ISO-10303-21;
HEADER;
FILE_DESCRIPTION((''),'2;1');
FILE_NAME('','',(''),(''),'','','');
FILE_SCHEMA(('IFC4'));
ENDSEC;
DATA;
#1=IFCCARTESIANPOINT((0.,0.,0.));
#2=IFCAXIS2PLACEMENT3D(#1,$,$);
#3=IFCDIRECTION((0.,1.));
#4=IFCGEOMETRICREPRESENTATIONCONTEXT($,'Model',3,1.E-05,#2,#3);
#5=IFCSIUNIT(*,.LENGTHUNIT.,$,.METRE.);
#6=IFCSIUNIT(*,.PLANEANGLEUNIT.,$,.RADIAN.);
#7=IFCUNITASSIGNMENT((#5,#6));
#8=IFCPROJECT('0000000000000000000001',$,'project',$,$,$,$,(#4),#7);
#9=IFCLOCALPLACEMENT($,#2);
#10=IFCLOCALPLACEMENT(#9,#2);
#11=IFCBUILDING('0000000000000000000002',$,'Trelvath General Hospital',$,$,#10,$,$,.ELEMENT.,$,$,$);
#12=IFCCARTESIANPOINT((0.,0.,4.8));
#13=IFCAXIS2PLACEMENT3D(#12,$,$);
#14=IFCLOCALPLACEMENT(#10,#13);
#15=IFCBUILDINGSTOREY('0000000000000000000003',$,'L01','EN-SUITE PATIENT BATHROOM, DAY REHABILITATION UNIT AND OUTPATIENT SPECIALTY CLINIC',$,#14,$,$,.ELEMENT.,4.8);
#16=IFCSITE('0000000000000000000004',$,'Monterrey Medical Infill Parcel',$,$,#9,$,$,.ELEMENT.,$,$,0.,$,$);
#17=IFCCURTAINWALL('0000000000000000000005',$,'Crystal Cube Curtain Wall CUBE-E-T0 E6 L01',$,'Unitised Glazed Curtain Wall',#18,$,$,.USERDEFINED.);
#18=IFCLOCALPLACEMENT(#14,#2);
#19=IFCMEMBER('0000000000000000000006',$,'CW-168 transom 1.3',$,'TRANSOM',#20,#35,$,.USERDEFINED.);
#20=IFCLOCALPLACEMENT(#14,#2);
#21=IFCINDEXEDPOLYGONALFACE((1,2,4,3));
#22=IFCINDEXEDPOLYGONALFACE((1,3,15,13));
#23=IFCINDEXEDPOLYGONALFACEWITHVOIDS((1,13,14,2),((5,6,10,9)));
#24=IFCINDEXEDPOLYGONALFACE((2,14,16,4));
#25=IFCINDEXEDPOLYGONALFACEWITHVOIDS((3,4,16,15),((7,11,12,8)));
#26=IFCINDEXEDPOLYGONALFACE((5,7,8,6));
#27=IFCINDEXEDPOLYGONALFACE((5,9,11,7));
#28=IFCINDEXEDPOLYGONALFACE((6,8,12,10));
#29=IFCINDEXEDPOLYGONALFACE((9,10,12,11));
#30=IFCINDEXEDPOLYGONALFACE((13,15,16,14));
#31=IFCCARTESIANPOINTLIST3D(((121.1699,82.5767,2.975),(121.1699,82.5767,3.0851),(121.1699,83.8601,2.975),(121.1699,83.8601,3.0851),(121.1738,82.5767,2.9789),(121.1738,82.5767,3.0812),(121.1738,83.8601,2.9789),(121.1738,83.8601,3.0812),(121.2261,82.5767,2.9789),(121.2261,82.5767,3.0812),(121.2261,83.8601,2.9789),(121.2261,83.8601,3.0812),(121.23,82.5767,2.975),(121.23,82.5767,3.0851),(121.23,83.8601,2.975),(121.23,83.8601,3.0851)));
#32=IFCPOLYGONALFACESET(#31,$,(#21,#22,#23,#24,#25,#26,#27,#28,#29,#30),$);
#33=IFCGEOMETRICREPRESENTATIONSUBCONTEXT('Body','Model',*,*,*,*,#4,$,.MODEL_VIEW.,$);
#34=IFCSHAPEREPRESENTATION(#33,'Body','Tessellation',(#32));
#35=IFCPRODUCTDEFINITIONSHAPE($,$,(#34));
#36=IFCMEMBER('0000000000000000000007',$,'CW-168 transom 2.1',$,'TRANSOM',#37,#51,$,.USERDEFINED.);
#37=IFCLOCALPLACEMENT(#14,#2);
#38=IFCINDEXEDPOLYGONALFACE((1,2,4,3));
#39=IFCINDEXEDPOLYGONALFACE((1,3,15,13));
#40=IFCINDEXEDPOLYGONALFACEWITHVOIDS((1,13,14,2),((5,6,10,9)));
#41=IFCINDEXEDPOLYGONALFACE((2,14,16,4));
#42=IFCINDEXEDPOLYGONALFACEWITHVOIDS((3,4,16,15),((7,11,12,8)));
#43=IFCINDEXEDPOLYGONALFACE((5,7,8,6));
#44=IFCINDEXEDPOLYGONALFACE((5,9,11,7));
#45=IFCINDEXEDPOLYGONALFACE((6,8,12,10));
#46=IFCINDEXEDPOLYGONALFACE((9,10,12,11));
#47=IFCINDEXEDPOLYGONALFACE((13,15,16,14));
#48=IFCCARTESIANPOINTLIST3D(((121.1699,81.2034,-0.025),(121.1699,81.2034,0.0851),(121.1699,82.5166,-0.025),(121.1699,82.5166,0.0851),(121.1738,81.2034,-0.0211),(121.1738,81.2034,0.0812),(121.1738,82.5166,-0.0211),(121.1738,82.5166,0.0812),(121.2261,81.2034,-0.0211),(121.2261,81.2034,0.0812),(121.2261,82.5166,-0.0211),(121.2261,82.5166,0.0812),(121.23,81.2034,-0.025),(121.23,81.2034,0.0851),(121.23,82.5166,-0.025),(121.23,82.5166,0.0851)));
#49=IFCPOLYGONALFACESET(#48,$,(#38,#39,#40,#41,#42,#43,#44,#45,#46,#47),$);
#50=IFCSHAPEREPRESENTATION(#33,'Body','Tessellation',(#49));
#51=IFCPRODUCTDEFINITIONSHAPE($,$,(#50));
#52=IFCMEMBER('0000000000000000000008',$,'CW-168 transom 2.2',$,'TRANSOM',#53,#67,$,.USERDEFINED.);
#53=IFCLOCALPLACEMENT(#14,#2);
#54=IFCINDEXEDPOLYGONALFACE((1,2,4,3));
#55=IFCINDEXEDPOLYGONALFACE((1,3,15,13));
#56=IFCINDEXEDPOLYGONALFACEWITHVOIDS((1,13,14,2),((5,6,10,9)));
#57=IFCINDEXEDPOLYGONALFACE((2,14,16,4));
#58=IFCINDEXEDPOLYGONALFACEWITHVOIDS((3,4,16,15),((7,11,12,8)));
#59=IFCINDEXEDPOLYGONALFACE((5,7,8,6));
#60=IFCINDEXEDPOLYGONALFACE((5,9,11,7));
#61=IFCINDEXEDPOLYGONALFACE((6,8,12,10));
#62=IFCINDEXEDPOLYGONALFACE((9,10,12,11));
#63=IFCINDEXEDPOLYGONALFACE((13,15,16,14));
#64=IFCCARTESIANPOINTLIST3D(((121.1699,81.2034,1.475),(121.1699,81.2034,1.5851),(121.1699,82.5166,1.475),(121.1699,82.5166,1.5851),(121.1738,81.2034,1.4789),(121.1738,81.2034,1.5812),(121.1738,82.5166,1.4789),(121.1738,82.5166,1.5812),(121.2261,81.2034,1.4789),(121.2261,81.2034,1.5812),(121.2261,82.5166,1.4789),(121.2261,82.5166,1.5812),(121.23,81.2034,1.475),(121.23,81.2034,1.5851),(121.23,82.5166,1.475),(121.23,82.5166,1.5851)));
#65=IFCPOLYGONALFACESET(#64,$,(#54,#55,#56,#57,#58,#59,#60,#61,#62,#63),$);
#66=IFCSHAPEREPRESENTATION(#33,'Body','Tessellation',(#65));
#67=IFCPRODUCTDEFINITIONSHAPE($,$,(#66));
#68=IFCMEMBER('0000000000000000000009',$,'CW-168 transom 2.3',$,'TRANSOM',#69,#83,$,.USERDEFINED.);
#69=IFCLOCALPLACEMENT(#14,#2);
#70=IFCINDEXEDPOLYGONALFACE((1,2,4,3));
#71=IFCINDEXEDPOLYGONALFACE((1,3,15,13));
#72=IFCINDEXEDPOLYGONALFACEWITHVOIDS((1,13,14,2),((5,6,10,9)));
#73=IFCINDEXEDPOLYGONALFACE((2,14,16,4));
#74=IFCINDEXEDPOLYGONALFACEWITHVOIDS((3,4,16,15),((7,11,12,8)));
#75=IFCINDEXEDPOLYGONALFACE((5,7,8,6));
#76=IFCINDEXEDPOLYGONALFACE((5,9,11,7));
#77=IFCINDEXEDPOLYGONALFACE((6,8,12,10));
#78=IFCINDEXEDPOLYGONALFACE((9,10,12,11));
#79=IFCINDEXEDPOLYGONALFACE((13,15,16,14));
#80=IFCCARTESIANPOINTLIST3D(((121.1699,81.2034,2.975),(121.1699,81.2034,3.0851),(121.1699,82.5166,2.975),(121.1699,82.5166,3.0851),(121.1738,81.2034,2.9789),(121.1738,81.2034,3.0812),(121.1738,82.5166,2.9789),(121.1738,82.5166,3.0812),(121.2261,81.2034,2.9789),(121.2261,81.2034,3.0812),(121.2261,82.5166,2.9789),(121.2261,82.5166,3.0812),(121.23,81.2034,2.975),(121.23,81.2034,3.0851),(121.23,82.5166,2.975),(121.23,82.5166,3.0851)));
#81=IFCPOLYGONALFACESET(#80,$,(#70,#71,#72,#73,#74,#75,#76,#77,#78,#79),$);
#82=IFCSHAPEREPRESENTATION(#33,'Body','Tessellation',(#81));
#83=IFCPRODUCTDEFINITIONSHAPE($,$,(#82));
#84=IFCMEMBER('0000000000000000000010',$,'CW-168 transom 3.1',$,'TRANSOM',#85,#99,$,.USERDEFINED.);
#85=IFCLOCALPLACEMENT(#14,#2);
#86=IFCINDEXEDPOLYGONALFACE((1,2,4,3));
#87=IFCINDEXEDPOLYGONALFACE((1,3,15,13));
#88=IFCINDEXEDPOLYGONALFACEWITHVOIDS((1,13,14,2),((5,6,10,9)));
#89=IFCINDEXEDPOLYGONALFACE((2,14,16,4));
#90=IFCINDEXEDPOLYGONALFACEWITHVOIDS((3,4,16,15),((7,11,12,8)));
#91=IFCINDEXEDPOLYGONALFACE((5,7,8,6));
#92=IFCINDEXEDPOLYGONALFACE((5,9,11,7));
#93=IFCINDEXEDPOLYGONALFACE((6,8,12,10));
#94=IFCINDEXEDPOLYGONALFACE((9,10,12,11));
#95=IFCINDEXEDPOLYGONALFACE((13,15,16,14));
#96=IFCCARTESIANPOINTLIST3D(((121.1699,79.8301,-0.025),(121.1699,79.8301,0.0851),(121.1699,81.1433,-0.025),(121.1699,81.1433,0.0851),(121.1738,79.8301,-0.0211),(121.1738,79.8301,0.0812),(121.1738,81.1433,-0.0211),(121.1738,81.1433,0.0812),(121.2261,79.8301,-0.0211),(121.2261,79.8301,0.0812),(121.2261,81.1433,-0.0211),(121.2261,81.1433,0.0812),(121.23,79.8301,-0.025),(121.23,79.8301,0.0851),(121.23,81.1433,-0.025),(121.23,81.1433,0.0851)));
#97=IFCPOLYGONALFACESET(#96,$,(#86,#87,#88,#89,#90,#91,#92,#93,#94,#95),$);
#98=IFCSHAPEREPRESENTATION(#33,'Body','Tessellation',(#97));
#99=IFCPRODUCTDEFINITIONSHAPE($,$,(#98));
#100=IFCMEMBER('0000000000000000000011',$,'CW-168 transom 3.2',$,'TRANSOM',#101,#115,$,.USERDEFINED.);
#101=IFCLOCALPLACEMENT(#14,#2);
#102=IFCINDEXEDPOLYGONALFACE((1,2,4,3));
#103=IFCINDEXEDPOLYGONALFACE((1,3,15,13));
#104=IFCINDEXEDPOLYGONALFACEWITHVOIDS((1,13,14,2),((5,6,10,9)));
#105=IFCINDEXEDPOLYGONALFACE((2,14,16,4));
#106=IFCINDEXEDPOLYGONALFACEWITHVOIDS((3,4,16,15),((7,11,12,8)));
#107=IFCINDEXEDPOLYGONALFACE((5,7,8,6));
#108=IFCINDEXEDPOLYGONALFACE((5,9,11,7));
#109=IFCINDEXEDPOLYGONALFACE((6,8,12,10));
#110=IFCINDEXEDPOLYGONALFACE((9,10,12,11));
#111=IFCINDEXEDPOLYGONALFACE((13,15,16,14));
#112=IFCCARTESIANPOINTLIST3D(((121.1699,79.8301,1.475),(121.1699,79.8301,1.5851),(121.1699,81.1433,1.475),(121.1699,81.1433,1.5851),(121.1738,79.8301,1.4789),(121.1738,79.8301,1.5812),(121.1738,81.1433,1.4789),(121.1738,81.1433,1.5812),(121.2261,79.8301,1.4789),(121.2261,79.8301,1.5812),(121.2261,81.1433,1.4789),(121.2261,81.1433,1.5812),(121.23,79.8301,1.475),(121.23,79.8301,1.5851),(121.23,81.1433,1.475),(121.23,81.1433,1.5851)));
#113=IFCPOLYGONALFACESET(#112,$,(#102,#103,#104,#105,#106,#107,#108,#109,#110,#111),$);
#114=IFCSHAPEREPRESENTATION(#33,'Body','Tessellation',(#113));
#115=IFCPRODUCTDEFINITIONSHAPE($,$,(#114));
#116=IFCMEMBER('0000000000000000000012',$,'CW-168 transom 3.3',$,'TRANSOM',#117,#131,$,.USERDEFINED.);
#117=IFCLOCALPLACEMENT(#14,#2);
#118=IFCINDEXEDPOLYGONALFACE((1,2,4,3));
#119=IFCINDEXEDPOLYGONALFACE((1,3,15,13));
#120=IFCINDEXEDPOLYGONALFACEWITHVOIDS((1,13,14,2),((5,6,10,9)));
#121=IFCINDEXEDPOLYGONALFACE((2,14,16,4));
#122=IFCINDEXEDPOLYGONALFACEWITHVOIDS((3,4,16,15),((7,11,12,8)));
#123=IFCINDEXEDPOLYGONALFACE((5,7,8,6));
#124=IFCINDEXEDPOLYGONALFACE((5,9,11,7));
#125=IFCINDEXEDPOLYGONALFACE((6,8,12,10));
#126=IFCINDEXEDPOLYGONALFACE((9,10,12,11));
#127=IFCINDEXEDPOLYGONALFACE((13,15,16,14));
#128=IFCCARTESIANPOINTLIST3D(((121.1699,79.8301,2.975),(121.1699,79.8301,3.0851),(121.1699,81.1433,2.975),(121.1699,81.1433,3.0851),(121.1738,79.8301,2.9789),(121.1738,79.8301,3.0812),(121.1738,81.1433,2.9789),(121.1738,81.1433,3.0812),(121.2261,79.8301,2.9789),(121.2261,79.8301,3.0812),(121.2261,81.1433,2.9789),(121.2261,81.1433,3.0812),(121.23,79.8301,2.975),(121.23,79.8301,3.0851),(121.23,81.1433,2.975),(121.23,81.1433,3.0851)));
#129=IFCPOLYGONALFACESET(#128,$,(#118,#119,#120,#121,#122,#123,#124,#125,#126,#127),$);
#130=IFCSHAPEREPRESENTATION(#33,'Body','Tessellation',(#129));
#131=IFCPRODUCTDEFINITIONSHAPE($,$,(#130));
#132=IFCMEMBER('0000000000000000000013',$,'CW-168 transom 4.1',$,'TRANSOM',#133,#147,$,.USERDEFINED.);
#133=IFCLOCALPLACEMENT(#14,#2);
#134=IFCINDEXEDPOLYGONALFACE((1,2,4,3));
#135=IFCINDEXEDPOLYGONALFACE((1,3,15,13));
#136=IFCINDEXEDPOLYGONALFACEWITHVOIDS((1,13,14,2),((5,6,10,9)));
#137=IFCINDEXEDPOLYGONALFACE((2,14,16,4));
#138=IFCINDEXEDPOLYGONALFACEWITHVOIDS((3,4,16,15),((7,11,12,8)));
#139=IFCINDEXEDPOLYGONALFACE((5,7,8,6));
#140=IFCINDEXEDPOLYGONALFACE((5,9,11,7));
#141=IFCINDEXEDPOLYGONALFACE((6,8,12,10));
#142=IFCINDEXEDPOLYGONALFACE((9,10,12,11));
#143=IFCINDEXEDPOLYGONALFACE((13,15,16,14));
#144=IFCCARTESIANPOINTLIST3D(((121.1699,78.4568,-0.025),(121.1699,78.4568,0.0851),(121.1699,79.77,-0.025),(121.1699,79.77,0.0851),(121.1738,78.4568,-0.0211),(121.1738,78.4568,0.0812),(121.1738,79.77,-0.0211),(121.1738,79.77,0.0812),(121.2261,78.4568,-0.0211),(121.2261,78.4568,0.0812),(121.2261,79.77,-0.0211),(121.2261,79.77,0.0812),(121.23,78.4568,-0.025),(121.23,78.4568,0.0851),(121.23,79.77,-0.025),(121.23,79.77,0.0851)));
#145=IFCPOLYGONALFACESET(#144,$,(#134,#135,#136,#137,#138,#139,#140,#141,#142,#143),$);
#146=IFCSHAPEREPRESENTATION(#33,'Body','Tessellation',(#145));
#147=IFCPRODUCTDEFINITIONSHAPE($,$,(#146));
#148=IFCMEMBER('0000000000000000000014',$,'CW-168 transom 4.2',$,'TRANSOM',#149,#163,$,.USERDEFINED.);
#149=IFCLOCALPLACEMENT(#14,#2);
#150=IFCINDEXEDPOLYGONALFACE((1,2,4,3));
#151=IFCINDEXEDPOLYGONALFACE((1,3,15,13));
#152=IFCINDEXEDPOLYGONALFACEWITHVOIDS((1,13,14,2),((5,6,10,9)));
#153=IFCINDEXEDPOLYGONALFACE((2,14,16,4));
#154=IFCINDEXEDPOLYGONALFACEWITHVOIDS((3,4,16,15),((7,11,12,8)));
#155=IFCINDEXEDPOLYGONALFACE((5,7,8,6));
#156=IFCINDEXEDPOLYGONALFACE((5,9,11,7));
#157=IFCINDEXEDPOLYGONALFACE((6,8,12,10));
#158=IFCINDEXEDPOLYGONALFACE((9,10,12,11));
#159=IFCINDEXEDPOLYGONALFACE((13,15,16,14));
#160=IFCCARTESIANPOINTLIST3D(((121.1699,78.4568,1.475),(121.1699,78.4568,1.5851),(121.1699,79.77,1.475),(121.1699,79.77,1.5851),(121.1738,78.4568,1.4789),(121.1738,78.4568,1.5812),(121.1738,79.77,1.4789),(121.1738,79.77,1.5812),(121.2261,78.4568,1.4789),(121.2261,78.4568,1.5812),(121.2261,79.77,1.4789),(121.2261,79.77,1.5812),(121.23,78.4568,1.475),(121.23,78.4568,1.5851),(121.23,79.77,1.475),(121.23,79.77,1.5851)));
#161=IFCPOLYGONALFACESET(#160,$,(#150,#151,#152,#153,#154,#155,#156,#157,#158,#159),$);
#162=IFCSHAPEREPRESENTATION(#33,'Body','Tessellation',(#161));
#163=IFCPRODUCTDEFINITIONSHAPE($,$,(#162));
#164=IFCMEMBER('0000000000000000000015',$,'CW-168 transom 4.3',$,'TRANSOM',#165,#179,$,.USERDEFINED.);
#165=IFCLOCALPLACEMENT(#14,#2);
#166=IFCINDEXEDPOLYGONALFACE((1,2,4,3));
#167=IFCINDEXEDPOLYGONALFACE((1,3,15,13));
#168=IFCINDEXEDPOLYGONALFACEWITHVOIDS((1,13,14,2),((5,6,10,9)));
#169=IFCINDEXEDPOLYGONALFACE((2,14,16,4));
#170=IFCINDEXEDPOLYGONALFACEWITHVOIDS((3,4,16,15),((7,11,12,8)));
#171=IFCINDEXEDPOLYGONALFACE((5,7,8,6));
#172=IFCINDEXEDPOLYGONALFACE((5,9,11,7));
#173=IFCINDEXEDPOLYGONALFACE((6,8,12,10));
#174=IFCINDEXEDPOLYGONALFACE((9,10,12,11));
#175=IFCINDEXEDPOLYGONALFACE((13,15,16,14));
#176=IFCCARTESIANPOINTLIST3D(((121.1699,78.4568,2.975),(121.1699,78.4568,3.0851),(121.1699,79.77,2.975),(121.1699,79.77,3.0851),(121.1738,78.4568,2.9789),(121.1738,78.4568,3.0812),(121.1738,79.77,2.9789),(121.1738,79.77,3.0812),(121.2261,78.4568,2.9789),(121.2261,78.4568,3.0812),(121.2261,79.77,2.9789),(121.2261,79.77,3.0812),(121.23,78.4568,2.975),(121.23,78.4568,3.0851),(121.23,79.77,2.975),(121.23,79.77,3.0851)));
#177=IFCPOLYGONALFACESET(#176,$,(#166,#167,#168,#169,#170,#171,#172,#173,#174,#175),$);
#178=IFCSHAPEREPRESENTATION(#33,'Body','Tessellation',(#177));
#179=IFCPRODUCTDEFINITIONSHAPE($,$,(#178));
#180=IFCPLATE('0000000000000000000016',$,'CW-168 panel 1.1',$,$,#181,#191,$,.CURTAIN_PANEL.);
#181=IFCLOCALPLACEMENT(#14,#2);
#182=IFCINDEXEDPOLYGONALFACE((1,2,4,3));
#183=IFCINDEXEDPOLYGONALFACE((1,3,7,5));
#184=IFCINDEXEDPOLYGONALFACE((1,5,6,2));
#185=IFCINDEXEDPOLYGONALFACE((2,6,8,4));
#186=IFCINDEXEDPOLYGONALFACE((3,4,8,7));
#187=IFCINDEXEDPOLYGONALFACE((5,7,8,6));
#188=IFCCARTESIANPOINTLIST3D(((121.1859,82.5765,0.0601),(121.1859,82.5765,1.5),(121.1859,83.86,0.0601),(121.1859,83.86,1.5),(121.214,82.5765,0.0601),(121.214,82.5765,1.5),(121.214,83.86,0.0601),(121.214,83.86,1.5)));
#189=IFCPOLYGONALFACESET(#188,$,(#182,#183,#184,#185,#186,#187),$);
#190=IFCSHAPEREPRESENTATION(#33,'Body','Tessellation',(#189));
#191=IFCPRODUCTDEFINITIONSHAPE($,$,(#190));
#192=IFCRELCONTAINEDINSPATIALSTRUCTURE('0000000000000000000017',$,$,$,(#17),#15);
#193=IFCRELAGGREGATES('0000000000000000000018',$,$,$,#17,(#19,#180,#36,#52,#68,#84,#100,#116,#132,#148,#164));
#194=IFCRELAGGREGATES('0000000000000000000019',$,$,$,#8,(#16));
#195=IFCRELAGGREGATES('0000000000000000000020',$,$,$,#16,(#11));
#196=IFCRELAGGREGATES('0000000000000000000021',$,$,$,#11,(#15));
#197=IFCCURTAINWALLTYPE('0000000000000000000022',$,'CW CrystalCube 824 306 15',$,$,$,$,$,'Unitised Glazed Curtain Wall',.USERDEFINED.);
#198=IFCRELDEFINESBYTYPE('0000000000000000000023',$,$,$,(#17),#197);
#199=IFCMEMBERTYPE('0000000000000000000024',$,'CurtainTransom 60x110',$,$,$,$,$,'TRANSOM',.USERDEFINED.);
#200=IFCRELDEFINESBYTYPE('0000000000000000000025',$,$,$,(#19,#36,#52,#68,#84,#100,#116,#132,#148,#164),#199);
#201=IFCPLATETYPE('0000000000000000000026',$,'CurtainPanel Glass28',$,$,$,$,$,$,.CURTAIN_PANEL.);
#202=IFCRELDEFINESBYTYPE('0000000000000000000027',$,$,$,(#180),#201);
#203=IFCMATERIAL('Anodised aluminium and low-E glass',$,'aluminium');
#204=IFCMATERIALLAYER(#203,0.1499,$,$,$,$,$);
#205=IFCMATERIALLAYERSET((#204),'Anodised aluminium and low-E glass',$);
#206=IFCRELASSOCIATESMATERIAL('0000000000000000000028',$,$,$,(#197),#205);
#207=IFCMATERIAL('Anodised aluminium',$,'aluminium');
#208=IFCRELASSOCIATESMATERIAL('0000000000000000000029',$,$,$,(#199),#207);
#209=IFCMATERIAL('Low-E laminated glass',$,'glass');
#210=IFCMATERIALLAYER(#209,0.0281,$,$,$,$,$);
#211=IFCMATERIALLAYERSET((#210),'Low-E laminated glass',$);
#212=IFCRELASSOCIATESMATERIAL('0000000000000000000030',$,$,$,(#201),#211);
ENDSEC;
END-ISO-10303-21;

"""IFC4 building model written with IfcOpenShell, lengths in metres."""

from ifc_helpers import new_model, si_unit, direction, frame, origin, origin_2d, place, context, subcontext, project, spatial, rectangle, hollow_rectangle, extrude, material, layer, layer_set, material_profile, profile_set, type_object, element, aggregate, save


model = new_model("IFC4")

# Units and contexts
model_context = context("Model", 3, precision=1e-05, world=origin(), true_north=direction((0.0, 1.0)))
body_context = subcontext(model_context, "Body", "Model", "MODEL_VIEW")
ifc_project = project(units=[si_unit("LENGTHUNIT", "METRE"), si_unit("PLANEANGLEUNIT", "RADIAN")], contexts=[model_context])

# Site, building, storey
site_placement = place(None, origin())
site = spatial("IfcSite", under=ifc_project, at=site_placement, Name="Monterrey Medical Infill Parcel", CompositionType="ELEMENT", RefElevation=0.0)
building_placement = place(site_placement, origin())
building = spatial("IfcBuilding", under=site, at=building_placement, Name="Trelvath General Hospital", CompositionType="ELEMENT")
storey_placement = place(building_placement, frame((0.0, 0.0, 4.8)))
storey = spatial("IfcBuildingStorey", under=building, at=storey_placement, Name="L01", Description="EN-SUITE PATIENT BATHROOM, DAY REHABILITATION UNIT AND OUTPATIENT SPECIALTY CLINIC", CompositionType="ELEMENT", Elevation=4.8)

# Curtain wall, members, plate
ifc_material_1 = material(Name="Anodised aluminium and low-E glass", Category="aluminium")
ifc_layer_1 = layer(ifc_material_1, 0.1499)
ifc_layer_set_1 = layer_set([ifc_layer_1], Name="Anodised aluminium and low-E glass")
curtain_wall_type = type_object("IfcCurtainWallType", Name="CW CrystalCube 824 306 15", ElementType="Unitised Glazed Curtain Wall", PredefinedType="USERDEFINED", material=ifc_layer_set_1)
curtain_wall_placement = place(storey_placement, origin())
curtain_wall = element("IfcCurtainWall", 1, at=curtain_wall_placement, inside=storey, type_object=curtain_wall_type, Name="Crystal Cube Curtain Wall CUBE-E-T0 E6 L01", ObjectType="Unitised Glazed Curtain Wall", PredefinedType="USERDEFINED")
ifc_material_2 = material(Name="Anodised aluminium", Category="aluminium")
ifc_material_profile_1 = material_profile(ifc_material_2, hollow_rectangle(XDim=0.0601, YDim=0.1101, WallThickness=0.0039, at=origin_2d()), Name="RHS60x110x4")
ifc_profile_set_1 = profile_set([ifc_material_profile_1], Name="Anodised aluminium")
member_type_1 = type_object("IfcMemberType", Name="CurtainTransom 60x110", ElementType="TRANSOM", PredefinedType="USERDEFINED", material=ifc_profile_set_1)
member_1_placement = place(storey_placement, frame((121.2, 83.8601, 3.03), z_axis=(0.0, -1.0, 0.0), x_axis=(1.0, 0.0, 0.0)))
member_1 = element("IfcMember", 2, at=member_1_placement, type_object=member_type_1, Name="CW-168 transom 1.3", ObjectType="TRANSOM", PredefinedType="USERDEFINED", context=body_context, shape_type="SweptSolid", body=[
    extrude(hollow_rectangle(XDim=0.0601, YDim=0.1101, WallThickness=0.0039, at=origin_2d()), origin(), (0.0, 0.0, 1.0), 1.2834),
])
member_2_placement = place(storey_placement, frame((121.2, 82.5166, 0.03), z_axis=(0.0, -1.0, 0.0), x_axis=(1.0, 0.0, 0.0)))
member_2 = element("IfcMember", 3, at=member_2_placement, type_object=member_type_1, Name="CW-168 transom 2.1", ObjectType="TRANSOM", PredefinedType="USERDEFINED", context=body_context, shape_type="SweptSolid", body=[
    extrude(hollow_rectangle(XDim=0.0601, YDim=0.1101, WallThickness=0.0039, at=origin_2d()), origin(), (0.0, 0.0, 1.0), 1.3132),
])
member_3_placement = place(storey_placement, frame((121.2, 82.5166, 1.53), z_axis=(0.0, -1.0, 0.0), x_axis=(1.0, 0.0, 0.0)))
member_3 = element("IfcMember", 4, at=member_3_placement, type_object=member_type_1, Name="CW-168 transom 2.2", ObjectType="TRANSOM", PredefinedType="USERDEFINED", context=body_context, shape_type="SweptSolid", body=[
    extrude(hollow_rectangle(XDim=0.0601, YDim=0.1101, WallThickness=0.0039, at=origin_2d()), origin(), (0.0, 0.0, 1.0), 1.3132),
])
member_4_placement = place(storey_placement, frame((121.2, 82.5166, 3.03), z_axis=(0.0, -1.0, 0.0), x_axis=(1.0, 0.0, 0.0)))
member_4 = element("IfcMember", 5, at=member_4_placement, type_object=member_type_1, Name="CW-168 transom 2.3", ObjectType="TRANSOM", PredefinedType="USERDEFINED", context=body_context, shape_type="SweptSolid", body=[
    extrude(hollow_rectangle(XDim=0.0601, YDim=0.1101, WallThickness=0.0039, at=origin_2d()), origin(), (0.0, 0.0, 1.0), 1.3132),
])
member_5_placement = place(storey_placement, frame((121.2, 81.1433, 0.03), z_axis=(0.0, -1.0, 0.0), x_axis=(1.0, 0.0, 0.0)))
member_5 = element("IfcMember", 6, at=member_5_placement, type_object=member_type_1, Name="CW-168 transom 3.1", ObjectType="TRANSOM", PredefinedType="USERDEFINED", context=body_context, shape_type="SweptSolid", body=[
    extrude(hollow_rectangle(XDim=0.0601, YDim=0.1101, WallThickness=0.0039, at=origin_2d()), origin(), (0.0, 0.0, 1.0), 1.3132),
])
member_6_placement = place(storey_placement, frame((121.2, 81.1433, 1.53), z_axis=(0.0, -1.0, 0.0), x_axis=(1.0, 0.0, 0.0)))
member_6 = element("IfcMember", 7, at=member_6_placement, type_object=member_type_1, Name="CW-168 transom 3.2", ObjectType="TRANSOM", PredefinedType="USERDEFINED", context=body_context, shape_type="SweptSolid", body=[
    extrude(hollow_rectangle(XDim=0.0601, YDim=0.1101, WallThickness=0.0039, at=origin_2d()), origin(), (0.0, 0.0, 1.0), 1.3132),
])
member_7_placement = place(storey_placement, frame((121.2, 81.1433, 3.03), z_axis=(0.0, -1.0, 0.0), x_axis=(1.0, 0.0, 0.0)))
member_7 = element("IfcMember", 8, at=member_7_placement, type_object=member_type_1, Name="CW-168 transom 3.3", ObjectType="TRANSOM", PredefinedType="USERDEFINED", context=body_context, shape_type="SweptSolid", body=[
    extrude(hollow_rectangle(XDim=0.0601, YDim=0.1101, WallThickness=0.0039, at=origin_2d()), origin(), (0.0, 0.0, 1.0), 1.3132),
])
member_8_placement = place(storey_placement, frame((121.2, 79.77, 0.03), z_axis=(0.0, -1.0, 0.0), x_axis=(1.0, 0.0, 0.0)))
member_8 = element("IfcMember", 9, at=member_8_placement, type_object=member_type_1, Name="CW-168 transom 4.1", ObjectType="TRANSOM", PredefinedType="USERDEFINED", context=body_context, shape_type="SweptSolid", body=[
    extrude(hollow_rectangle(XDim=0.0601, YDim=0.1101, WallThickness=0.0039, at=origin_2d()), origin(), (0.0, 0.0, 1.0), 1.3132),
])
member_9_placement = place(storey_placement, frame((121.2, 79.77, 1.53), z_axis=(0.0, -1.0, 0.0), x_axis=(1.0, 0.0, 0.0)))
member_9 = element("IfcMember", 10, at=member_9_placement, type_object=member_type_1, Name="CW-168 transom 4.2", ObjectType="TRANSOM", PredefinedType="USERDEFINED", context=body_context, shape_type="SweptSolid", body=[
    extrude(hollow_rectangle(XDim=0.0601, YDim=0.1101, WallThickness=0.0039, at=origin_2d()), origin(), (0.0, 0.0, 1.0), 1.3132),
])
member_10_placement = place(storey_placement, frame((121.2, 79.77, 3.03), z_axis=(0.0, -1.0, 0.0), x_axis=(1.0, 0.0, 0.0)))
member_10 = element("IfcMember", 11, at=member_10_placement, type_object=member_type_1, Name="CW-168 transom 4.3", ObjectType="TRANSOM", PredefinedType="USERDEFINED", context=body_context, shape_type="SweptSolid", body=[
    extrude(hollow_rectangle(XDim=0.0601, YDim=0.1101, WallThickness=0.0039, at=origin_2d()), origin(), (0.0, 0.0, 1.0), 1.3132),
])
ifc_material_3 = material(Name="Low-E laminated glass", Category="glass")
ifc_layer_2 = layer(ifc_material_3, 0.0281)
ifc_layer_set_2 = layer_set([ifc_layer_2], Name="Low-E laminated glass")
plate_type = type_object("IfcPlateType", Name="CurtainPanel Glass28", PredefinedType="CURTAIN_PANEL", material=ifc_layer_set_2)
plate_1_placement = place(storey_placement, frame((121.2, 83.2183, 0.0601), z_axis=(0.0, 0.0, 1.0), x_axis=(0.0, -1.0, 0.0)))
plate_1 = element("IfcPlate", 12, at=plate_1_placement, type_object=plate_type, Name="CW-168 panel 1.1", PredefinedType="CURTAIN_PANEL", context=body_context, shape_type="SweptSolid", body=[
    extrude(rectangle(XDim=1.2834, YDim=0.0281, at=origin_2d()), origin(), (0.0, 0.0, 1.0), 1.4399),
])
aggregate(curtain_wall, [member_1, plate_1, member_2, member_3, member_4, member_5, member_6, member_7, member_8, member_9, member_10])

save(model, "model.ifc")
